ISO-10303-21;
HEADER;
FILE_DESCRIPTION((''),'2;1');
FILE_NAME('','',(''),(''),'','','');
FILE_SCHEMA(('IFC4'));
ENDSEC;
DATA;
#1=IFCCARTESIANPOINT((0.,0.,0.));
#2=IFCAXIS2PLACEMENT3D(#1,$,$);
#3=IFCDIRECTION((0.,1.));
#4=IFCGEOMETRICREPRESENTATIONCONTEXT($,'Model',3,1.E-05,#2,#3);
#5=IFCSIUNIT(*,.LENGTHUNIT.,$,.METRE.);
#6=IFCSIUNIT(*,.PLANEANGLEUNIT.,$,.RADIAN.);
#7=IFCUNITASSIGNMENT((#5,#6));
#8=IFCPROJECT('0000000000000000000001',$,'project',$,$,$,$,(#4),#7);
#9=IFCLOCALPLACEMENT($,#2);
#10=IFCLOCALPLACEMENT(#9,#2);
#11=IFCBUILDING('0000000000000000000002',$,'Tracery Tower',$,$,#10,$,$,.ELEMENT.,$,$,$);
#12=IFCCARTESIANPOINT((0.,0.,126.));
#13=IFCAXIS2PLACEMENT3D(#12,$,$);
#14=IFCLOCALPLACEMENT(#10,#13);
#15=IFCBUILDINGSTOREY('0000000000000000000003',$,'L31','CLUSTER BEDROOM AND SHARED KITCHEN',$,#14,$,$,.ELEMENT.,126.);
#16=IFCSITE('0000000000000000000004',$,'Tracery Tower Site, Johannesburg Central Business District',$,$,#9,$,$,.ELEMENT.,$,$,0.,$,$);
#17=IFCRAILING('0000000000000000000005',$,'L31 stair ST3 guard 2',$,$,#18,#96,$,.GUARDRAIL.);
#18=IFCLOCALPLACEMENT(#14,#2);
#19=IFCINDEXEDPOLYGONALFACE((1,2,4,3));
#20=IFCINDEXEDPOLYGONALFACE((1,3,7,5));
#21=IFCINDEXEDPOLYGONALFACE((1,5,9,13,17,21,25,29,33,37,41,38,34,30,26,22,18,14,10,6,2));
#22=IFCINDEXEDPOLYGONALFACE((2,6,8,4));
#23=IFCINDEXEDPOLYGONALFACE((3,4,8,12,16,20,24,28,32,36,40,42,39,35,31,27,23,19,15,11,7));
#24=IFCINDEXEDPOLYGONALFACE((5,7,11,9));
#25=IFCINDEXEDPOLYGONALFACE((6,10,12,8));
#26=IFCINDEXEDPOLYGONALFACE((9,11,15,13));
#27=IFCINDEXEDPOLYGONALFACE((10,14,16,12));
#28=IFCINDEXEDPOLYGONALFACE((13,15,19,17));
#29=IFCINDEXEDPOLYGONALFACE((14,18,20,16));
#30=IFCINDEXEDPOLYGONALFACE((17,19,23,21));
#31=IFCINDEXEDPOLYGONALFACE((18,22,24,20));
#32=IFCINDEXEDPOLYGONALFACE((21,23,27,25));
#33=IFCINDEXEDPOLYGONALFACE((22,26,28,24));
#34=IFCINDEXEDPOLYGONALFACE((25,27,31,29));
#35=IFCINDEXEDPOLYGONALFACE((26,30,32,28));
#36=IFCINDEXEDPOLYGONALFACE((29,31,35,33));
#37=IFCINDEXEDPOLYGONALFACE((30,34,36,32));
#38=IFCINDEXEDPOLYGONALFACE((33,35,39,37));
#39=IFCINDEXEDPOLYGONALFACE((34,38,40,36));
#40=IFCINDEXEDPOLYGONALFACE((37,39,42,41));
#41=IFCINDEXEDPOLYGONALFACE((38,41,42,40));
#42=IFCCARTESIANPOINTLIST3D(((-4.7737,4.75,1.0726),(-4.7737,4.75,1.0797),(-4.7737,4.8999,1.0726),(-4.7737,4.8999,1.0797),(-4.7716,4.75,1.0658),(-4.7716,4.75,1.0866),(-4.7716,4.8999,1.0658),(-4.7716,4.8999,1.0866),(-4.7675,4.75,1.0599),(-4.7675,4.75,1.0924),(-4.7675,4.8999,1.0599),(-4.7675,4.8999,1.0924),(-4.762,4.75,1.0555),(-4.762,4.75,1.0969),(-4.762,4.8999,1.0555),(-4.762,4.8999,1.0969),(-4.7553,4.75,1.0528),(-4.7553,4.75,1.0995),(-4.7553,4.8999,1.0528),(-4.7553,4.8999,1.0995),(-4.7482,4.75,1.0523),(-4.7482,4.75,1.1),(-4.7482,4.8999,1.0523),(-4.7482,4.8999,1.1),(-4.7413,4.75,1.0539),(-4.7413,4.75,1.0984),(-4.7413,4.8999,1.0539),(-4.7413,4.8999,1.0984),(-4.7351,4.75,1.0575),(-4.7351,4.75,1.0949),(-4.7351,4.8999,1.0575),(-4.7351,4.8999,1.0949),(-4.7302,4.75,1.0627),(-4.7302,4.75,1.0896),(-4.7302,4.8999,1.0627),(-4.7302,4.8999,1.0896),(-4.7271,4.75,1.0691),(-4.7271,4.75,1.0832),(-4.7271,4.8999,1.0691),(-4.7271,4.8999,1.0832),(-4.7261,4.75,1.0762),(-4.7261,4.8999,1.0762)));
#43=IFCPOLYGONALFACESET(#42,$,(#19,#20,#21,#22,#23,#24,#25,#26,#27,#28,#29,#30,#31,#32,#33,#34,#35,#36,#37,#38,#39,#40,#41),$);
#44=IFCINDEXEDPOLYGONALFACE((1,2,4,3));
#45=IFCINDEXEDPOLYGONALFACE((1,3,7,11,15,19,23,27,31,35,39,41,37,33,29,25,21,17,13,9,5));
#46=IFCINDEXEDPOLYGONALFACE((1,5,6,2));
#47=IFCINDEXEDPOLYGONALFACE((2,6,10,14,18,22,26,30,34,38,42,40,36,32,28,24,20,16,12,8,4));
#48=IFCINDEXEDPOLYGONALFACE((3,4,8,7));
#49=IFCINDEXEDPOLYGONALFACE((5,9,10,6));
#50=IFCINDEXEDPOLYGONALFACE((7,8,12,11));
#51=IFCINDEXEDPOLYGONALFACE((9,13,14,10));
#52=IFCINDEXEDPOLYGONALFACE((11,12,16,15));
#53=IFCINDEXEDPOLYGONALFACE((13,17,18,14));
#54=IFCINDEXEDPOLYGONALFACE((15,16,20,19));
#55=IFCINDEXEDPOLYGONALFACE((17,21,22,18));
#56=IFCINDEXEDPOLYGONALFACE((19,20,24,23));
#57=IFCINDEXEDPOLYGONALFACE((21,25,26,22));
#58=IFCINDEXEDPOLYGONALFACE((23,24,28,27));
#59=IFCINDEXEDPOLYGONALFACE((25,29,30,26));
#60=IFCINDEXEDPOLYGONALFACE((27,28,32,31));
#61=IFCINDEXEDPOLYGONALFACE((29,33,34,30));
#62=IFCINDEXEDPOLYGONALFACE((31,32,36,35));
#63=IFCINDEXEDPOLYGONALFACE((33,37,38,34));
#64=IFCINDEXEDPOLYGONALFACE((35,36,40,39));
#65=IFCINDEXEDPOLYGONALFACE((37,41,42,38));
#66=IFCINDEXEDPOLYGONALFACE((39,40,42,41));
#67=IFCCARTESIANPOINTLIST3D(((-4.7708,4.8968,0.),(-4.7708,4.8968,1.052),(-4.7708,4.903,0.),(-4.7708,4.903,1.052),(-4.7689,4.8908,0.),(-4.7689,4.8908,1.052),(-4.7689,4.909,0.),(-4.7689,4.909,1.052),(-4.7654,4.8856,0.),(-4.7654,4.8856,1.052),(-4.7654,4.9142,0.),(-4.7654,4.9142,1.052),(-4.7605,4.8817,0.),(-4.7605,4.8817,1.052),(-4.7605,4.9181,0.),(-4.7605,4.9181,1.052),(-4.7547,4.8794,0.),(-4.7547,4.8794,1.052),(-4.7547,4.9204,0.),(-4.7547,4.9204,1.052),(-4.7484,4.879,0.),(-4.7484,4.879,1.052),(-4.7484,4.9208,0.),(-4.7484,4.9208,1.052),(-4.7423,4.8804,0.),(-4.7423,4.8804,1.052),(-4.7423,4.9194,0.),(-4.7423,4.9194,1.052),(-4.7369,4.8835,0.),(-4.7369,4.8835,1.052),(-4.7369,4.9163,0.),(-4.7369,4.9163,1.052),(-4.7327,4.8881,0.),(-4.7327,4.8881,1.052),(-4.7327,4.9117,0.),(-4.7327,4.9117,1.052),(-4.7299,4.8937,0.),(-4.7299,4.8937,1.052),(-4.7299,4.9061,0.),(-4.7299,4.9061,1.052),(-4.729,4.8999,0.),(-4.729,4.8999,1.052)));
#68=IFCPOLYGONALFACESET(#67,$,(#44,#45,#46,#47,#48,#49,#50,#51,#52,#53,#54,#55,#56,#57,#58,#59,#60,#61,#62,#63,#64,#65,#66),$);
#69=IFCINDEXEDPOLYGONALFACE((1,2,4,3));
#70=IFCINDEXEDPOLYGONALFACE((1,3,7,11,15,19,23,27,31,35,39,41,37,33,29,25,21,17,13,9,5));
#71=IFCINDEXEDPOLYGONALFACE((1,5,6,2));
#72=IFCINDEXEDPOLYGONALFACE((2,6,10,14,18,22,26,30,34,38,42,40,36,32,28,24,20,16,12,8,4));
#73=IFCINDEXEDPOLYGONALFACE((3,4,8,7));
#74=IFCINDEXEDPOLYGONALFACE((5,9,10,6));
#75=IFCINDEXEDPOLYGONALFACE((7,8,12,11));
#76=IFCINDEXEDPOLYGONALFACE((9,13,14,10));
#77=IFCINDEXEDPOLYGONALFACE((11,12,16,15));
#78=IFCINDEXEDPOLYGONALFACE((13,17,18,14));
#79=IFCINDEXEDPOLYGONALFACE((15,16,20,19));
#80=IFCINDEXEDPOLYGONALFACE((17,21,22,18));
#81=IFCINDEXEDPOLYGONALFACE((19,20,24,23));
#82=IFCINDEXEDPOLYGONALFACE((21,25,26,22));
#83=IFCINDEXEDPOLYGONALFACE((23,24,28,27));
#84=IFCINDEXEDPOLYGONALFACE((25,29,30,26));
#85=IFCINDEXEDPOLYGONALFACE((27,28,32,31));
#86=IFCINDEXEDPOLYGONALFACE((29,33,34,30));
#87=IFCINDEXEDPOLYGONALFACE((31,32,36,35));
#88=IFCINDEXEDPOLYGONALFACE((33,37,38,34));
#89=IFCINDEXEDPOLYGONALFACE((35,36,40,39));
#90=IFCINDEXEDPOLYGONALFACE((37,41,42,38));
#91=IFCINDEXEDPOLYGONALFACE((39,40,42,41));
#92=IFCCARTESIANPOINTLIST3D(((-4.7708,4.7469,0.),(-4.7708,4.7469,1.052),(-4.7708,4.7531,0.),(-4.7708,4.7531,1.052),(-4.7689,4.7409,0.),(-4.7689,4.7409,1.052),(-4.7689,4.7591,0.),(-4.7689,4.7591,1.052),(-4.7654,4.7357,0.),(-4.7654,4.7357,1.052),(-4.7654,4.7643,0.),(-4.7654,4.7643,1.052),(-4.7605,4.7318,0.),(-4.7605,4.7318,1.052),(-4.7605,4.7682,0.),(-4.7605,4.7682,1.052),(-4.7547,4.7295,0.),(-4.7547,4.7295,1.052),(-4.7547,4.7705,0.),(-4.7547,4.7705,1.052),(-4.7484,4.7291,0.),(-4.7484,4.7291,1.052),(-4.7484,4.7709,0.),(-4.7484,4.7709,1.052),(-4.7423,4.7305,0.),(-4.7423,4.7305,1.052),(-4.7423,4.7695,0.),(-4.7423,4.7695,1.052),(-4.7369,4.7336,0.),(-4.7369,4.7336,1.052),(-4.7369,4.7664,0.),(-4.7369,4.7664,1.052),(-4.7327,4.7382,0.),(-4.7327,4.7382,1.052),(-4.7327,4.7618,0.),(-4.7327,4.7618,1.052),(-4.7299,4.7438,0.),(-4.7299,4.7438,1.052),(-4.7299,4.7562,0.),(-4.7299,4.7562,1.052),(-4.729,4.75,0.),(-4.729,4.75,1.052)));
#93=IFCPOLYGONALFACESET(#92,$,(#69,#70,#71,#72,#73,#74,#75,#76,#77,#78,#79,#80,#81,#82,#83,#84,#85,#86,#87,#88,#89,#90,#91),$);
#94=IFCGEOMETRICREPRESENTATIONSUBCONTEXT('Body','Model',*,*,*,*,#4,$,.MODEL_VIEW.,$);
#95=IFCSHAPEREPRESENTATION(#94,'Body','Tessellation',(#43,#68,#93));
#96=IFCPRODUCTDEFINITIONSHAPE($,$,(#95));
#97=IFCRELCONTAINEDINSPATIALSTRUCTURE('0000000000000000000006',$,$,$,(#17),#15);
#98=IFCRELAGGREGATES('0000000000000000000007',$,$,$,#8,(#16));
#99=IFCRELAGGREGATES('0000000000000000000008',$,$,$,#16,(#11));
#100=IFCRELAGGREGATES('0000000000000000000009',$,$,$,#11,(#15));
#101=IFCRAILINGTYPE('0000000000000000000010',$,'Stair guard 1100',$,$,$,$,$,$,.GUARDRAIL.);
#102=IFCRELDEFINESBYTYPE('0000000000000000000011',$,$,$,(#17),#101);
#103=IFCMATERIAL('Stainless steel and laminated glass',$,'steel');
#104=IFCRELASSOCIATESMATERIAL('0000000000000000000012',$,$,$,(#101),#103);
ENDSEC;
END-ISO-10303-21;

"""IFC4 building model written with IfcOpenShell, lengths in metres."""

from ifc_helpers import new_model, si_unit, direction, frame, origin, origin_2d, place, context, subcontext, project, spatial, circle, extrude, material, type_object, element, save


model = new_model("IFC4")

# Units and contexts
model_context = context("Model", 3, precision=1e-05, world=origin(), true_north=direction((0.0, 1.0)))
body_context = subcontext(model_context, "Body", "Model", "MODEL_VIEW")
ifc_project = project(units=[si_unit("LENGTHUNIT", "METRE"), si_unit("PLANEANGLEUNIT", "RADIAN")], contexts=[model_context])

# Site, building, storey
site_placement = place(None, origin())
site = spatial("IfcSite", under=ifc_project, at=site_placement, Name="Tracery Tower Site, Johannesburg Central Business District", CompositionType="ELEMENT", RefElevation=0.0)
building_placement = place(site_placement, origin())
building = spatial("IfcBuilding", under=site, at=building_placement, Name="Tracery Tower", CompositionType="ELEMENT")
storey_placement = place(building_placement, frame((0.0, 0.0, 126.0)))
storey = spatial("IfcBuildingStorey", under=building, at=storey_placement, Name="L31", Description="CLUSTER BEDROOM AND SHARED KITCHEN", CompositionType="ELEMENT", Elevation=126.0)

# Railing
ifc_material_1 = material(Name="Stainless steel and laminated glass", Category="steel")
railing_type_1 = type_object("IfcRailingType", Name="Stair guard 1100", PredefinedType="GUARDRAIL", material=ifc_material_1)
railing_1_placement = place(storey_placement, frame((-4.75, 4.8999, 0.0)))
element("IfcRailing", 1, at=railing_1_placement, inside=storey, type_object=railing_type_1, Name="L31 stair ST3 guard 2", PredefinedType="GUARDRAIL", context=body_context, shape_type="SweptSolid", body=[
    extrude(circle(Radius=0.0239, at=origin_2d()), frame((0.0, 0.0, 1.0762), z_axis=(0.0, -1.0, 0.0), x_axis=(1.0, 0.0, 0.0)), (0.0, 0.0, 1.0), 0.1499),
    extrude(circle(Radius=0.021, at=origin_2d()), origin(), (0.0, 0.0, 1.0), 1.052),
    extrude(circle(Radius=0.021, at=origin_2d()), frame((0.0, -0.1499, 0.0)), (0.0, 0.0, 1.0), 1.052),
])

save(model, "model.ifc")
